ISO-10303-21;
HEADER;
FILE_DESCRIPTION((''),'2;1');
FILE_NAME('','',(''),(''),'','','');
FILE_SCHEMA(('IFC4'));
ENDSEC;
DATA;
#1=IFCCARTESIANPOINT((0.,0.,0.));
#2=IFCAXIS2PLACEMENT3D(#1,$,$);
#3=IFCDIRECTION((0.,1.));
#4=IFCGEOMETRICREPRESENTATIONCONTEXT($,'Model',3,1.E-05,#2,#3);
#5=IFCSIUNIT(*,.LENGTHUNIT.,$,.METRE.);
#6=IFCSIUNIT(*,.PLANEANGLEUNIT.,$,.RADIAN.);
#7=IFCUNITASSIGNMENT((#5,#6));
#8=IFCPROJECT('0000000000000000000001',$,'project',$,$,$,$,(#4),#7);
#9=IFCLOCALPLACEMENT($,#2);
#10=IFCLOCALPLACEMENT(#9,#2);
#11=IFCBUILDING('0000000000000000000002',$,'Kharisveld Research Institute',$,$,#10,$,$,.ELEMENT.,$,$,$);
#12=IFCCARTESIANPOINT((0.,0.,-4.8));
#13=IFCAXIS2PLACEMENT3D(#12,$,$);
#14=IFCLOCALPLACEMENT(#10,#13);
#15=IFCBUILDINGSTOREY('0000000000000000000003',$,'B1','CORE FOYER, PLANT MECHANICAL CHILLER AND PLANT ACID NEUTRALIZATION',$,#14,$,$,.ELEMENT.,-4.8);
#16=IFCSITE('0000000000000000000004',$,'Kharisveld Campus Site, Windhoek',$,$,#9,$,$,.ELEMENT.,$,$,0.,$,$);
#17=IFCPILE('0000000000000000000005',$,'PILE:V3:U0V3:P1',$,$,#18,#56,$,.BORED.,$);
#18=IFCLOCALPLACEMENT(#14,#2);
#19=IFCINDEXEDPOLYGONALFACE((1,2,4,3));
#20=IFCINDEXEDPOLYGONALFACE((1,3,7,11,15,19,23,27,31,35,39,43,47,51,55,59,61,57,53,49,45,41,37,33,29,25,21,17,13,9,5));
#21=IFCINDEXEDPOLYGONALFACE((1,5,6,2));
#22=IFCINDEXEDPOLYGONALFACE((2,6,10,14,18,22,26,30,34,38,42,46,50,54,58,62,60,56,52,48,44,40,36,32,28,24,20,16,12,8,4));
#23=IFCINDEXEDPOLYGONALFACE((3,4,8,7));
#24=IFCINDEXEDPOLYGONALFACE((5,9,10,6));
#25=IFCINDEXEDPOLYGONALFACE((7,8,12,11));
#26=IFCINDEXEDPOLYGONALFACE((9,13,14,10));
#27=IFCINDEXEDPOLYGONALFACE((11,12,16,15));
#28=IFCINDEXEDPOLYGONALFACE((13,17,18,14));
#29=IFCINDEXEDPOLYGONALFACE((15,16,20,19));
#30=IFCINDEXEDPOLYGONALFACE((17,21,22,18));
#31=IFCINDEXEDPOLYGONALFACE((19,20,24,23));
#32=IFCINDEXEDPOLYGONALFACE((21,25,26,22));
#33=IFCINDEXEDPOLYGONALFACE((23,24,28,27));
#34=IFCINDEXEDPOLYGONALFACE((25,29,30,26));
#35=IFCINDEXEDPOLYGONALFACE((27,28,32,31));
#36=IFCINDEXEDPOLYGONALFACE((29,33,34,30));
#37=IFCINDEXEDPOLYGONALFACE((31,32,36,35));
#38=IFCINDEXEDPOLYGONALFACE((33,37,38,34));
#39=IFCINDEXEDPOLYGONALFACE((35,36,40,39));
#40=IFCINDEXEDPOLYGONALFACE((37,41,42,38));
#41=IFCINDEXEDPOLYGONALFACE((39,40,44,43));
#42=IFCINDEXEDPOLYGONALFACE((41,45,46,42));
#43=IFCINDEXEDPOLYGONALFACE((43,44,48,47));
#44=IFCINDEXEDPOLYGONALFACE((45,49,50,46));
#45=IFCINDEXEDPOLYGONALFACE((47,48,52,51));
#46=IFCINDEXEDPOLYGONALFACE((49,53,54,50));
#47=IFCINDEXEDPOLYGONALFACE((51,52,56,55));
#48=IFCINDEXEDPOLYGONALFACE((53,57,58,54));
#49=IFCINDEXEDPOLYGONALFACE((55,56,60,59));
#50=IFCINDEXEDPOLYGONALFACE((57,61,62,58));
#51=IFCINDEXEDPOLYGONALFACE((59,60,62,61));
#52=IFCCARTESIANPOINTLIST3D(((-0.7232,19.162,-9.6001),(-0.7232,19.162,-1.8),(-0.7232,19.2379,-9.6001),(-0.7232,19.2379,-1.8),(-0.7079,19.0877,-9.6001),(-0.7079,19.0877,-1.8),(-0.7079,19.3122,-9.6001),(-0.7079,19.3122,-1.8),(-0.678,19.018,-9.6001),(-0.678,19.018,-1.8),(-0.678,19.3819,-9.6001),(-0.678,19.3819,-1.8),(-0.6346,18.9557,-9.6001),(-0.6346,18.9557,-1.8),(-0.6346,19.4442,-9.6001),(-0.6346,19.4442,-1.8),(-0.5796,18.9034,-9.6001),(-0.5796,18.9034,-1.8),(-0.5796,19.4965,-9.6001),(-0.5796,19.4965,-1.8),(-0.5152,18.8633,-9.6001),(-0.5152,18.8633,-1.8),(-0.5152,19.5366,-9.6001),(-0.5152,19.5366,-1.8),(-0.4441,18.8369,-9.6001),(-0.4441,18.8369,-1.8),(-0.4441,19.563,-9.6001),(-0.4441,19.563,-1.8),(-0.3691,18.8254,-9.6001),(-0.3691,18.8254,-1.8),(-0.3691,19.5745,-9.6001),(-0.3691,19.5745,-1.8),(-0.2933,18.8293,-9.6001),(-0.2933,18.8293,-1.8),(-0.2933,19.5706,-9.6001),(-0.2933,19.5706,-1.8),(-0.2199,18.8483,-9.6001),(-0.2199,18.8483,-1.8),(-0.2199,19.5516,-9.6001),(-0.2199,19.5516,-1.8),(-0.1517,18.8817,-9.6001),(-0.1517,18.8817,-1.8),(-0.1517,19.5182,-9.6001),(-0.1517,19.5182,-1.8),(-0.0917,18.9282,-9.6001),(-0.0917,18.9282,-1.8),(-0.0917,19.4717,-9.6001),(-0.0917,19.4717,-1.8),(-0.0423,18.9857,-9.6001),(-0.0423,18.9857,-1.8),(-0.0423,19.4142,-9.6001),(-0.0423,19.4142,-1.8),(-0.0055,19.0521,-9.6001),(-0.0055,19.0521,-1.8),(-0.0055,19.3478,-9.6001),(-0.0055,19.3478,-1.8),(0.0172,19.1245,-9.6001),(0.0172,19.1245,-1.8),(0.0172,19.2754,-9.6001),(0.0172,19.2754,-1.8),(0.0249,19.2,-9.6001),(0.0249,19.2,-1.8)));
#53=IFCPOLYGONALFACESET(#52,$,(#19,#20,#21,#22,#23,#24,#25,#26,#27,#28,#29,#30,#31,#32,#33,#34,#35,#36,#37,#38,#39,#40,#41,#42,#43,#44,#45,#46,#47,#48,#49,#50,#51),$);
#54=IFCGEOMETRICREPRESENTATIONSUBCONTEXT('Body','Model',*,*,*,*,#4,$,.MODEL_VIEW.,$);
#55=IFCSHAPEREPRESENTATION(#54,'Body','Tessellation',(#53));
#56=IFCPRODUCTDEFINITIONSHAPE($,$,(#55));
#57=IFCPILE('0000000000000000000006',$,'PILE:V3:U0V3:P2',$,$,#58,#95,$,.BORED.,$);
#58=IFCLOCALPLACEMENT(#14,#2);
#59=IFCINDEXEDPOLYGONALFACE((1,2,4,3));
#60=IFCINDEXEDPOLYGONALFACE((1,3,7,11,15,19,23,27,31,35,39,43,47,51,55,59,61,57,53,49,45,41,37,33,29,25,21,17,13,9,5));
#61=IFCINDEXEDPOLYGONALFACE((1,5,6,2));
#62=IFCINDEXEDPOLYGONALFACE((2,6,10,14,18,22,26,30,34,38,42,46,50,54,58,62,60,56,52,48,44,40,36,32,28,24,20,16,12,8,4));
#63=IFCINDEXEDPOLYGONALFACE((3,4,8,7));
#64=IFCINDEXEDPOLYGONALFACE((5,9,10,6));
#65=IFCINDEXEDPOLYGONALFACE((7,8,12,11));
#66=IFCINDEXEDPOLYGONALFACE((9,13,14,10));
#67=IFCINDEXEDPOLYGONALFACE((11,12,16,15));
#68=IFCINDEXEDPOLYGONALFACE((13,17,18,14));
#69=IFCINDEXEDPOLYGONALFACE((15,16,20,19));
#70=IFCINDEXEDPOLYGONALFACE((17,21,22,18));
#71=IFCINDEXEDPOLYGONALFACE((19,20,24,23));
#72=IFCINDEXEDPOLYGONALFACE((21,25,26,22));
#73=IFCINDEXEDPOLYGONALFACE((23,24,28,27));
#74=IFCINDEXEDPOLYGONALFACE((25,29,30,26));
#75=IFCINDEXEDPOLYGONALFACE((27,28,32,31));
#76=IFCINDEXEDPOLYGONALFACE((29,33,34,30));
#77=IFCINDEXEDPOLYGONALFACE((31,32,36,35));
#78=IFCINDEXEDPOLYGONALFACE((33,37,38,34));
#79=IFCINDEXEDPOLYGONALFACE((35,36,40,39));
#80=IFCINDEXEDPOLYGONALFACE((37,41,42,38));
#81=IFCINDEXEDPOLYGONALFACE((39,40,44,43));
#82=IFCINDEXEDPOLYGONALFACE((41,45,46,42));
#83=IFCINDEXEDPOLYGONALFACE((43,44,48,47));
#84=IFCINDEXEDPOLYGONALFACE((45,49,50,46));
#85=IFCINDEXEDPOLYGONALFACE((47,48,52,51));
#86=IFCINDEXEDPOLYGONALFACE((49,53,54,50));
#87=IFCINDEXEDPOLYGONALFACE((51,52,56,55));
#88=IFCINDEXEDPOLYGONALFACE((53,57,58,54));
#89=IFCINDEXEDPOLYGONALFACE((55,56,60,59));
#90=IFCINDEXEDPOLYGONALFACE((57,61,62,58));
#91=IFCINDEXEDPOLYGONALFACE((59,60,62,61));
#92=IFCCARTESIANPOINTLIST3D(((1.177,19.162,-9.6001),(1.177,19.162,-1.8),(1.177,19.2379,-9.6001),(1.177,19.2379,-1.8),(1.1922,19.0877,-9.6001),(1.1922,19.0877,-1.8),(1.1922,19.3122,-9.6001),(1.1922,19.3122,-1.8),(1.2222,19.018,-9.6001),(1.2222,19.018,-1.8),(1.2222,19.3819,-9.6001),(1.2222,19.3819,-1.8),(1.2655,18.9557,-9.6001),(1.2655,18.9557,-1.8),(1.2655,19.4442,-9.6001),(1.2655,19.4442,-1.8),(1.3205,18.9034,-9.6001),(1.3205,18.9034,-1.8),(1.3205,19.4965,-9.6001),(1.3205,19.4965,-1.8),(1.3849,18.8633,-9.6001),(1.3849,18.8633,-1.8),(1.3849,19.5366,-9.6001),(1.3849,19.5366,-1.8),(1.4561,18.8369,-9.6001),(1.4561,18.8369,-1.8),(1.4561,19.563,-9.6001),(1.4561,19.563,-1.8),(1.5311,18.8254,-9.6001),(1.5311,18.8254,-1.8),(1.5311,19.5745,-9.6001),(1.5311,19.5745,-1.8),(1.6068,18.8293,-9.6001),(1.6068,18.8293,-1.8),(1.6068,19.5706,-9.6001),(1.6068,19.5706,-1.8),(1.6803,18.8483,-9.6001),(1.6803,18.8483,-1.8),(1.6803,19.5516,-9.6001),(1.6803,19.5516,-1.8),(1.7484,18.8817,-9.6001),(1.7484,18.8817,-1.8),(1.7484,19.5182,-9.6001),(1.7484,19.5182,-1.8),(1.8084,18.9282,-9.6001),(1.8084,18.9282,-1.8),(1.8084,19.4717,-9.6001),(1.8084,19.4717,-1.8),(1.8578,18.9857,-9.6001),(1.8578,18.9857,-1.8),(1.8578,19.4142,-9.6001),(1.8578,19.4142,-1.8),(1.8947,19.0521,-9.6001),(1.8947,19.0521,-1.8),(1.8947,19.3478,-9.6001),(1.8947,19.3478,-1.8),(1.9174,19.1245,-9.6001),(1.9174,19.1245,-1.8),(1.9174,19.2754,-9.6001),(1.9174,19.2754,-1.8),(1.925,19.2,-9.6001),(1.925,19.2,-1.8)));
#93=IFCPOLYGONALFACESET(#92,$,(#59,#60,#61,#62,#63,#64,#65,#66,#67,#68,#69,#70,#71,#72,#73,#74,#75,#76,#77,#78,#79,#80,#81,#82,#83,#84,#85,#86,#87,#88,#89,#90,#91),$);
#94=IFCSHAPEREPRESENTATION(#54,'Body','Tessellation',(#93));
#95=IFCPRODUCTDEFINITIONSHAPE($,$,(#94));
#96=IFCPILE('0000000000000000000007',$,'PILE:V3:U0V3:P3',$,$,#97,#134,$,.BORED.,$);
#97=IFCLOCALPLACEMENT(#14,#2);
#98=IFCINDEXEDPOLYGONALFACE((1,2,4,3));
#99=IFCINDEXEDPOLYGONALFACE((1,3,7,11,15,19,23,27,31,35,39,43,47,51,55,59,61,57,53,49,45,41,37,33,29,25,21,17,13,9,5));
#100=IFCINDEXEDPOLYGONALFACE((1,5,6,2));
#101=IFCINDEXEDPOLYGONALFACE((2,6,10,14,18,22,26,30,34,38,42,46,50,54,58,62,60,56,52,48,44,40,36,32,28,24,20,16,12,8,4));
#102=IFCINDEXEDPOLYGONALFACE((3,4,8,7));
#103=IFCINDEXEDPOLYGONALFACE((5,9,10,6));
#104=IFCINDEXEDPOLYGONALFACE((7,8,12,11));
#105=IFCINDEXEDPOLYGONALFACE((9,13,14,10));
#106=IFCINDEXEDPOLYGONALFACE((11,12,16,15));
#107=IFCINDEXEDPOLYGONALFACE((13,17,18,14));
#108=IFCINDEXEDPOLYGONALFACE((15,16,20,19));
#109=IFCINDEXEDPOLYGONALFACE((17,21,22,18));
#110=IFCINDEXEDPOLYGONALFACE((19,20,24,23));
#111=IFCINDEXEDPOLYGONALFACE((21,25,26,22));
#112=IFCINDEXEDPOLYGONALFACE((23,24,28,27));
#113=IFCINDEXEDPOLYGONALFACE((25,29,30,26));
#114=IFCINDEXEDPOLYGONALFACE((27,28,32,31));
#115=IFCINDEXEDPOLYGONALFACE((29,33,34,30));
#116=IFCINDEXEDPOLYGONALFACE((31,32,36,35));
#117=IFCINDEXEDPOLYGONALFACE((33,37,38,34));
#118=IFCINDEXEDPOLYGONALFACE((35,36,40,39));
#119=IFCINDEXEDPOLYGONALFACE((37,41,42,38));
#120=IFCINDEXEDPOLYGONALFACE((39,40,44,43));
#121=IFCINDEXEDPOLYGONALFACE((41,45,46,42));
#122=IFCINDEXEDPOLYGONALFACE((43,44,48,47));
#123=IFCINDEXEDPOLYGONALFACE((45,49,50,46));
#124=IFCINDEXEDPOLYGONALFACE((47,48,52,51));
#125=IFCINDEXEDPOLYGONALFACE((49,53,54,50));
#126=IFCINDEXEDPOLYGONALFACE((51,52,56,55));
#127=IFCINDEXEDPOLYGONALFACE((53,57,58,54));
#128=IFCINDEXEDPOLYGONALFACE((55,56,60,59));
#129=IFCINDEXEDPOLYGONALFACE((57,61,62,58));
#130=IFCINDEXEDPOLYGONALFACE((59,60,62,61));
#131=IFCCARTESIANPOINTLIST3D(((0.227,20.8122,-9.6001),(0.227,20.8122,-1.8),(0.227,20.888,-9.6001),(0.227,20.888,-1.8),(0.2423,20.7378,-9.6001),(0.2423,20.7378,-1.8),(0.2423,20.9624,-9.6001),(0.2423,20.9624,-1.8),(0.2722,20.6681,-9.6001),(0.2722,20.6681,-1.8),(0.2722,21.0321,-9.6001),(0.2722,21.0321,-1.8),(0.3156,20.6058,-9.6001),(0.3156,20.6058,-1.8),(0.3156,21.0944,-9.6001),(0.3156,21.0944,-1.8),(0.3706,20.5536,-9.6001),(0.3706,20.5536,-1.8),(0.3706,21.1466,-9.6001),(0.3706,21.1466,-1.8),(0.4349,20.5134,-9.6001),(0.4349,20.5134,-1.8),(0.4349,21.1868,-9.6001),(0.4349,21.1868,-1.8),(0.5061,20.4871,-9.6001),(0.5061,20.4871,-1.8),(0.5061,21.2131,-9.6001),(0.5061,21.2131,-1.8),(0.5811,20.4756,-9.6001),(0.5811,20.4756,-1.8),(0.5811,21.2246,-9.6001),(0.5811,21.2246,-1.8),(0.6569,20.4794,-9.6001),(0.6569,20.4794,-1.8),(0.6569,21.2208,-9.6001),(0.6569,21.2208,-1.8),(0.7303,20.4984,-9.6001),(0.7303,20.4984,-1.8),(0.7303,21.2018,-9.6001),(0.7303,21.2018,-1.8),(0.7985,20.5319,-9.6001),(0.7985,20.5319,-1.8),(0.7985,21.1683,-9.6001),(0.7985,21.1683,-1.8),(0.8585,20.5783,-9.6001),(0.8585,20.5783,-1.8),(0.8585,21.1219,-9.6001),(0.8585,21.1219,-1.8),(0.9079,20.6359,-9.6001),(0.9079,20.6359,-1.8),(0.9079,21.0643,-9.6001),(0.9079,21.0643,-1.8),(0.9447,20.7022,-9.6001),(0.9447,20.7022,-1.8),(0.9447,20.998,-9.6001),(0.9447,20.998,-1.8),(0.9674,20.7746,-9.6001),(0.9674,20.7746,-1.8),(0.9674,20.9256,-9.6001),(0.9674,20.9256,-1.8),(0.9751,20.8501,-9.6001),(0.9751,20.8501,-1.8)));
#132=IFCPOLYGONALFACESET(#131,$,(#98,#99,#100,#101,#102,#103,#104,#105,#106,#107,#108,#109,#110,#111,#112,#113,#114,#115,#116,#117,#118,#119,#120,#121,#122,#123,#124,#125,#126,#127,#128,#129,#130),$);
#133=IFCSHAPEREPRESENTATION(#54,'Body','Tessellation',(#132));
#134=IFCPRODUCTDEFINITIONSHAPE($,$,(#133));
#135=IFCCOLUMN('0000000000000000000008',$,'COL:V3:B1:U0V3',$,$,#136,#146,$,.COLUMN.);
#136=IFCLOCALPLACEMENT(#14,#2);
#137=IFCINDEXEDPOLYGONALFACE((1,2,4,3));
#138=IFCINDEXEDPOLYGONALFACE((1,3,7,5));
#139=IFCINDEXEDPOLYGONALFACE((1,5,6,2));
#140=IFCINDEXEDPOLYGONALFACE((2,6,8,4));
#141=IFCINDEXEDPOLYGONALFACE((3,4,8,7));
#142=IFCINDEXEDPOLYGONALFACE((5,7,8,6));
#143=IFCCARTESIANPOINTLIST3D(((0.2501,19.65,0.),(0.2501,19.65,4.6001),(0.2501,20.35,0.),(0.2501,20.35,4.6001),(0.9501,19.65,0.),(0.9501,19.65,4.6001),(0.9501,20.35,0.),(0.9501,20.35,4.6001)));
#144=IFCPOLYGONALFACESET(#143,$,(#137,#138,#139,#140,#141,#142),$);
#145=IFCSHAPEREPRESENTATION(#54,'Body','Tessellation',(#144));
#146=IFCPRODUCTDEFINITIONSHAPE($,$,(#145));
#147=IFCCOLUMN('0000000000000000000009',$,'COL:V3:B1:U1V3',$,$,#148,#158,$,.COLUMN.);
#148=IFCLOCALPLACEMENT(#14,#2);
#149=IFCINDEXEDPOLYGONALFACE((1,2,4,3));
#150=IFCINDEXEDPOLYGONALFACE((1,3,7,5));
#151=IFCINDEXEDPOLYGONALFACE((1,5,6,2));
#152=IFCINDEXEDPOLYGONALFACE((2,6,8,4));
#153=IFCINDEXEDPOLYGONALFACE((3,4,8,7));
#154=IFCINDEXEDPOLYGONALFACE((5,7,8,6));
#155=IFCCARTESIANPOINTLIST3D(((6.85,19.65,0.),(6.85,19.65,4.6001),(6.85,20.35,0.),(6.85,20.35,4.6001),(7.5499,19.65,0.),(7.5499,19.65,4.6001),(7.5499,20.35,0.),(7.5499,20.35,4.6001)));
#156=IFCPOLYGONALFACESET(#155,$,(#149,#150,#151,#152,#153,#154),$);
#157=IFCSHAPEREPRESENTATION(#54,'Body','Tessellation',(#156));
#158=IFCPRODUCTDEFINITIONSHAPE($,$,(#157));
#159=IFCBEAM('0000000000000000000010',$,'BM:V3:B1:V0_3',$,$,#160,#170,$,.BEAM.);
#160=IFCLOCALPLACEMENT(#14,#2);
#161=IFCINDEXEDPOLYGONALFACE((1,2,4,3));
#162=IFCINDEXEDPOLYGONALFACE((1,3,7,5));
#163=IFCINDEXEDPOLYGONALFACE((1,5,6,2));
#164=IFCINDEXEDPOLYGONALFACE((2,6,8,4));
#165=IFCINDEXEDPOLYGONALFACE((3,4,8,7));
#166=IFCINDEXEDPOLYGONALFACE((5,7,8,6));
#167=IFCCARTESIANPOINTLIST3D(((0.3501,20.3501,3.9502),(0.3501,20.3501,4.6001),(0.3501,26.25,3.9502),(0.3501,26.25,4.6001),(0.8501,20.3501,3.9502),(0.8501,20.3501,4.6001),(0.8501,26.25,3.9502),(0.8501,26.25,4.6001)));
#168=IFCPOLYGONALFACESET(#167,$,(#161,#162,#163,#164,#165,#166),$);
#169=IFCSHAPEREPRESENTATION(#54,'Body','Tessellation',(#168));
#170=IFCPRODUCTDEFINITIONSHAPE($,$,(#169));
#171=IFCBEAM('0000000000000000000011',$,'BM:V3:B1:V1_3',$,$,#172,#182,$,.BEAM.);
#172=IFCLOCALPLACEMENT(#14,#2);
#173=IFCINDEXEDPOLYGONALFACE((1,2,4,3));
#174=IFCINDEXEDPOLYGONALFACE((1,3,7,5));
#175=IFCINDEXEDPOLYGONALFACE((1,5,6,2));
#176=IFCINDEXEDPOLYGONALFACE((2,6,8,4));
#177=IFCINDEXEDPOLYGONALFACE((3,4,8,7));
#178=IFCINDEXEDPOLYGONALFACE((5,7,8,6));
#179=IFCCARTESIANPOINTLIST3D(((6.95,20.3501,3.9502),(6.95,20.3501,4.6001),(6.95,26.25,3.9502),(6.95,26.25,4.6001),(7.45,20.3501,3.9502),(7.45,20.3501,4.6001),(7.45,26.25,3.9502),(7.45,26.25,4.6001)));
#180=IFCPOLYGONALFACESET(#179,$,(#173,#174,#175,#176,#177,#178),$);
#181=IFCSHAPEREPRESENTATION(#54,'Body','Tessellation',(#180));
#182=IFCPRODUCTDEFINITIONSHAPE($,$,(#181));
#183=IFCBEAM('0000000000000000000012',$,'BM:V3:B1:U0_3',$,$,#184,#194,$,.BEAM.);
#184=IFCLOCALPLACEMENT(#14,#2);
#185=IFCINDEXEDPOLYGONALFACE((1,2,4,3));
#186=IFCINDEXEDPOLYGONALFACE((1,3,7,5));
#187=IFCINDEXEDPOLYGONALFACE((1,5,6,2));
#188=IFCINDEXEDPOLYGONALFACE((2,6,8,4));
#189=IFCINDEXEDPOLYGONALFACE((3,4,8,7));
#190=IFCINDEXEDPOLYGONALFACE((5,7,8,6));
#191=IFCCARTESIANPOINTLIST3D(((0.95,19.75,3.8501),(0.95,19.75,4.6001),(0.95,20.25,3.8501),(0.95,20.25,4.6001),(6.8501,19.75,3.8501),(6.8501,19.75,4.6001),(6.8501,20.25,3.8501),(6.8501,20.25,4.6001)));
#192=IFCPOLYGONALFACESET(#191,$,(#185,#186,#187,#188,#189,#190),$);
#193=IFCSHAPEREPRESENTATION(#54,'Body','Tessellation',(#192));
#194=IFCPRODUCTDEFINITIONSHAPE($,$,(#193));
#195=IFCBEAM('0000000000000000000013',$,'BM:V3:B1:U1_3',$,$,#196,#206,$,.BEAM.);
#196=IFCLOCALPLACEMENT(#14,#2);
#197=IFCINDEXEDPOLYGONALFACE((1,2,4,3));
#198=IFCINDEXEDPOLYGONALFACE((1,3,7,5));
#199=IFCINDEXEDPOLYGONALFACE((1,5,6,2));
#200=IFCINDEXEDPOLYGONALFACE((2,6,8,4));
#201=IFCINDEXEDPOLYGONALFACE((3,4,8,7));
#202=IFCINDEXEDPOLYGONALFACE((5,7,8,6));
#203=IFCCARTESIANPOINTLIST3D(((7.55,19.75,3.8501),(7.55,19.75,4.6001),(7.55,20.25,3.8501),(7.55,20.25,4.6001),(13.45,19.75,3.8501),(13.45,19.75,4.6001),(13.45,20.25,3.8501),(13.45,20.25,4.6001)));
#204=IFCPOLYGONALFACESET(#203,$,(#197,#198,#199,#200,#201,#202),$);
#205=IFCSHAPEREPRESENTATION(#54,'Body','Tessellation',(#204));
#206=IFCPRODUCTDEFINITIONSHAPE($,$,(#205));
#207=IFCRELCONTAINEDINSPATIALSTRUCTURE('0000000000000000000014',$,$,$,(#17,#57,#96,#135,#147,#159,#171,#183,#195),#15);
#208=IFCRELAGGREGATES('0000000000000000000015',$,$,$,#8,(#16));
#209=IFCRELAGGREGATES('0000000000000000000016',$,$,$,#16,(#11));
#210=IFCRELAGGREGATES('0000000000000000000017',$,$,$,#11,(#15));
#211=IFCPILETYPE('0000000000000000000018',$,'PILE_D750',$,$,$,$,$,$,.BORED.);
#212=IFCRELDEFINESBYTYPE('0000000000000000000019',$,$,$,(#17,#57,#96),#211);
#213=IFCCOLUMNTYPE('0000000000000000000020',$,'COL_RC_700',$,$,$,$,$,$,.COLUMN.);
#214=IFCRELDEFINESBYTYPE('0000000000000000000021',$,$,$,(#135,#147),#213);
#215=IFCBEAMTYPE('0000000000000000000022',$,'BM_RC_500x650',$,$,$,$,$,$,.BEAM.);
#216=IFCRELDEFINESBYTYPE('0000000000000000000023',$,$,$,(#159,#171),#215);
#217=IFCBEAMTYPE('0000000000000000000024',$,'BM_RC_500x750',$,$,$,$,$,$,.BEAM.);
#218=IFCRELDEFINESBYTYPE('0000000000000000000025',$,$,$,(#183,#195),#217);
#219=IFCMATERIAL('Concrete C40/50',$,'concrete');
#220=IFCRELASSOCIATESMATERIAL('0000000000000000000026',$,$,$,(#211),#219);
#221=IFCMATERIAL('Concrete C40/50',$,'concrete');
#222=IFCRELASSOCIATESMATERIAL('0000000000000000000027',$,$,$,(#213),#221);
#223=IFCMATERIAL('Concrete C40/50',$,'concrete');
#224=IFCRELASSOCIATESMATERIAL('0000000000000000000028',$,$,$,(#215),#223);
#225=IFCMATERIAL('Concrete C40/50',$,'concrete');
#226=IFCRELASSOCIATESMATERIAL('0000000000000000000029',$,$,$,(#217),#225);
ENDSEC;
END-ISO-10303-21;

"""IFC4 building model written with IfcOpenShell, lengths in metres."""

from ifc_helpers import new_model, si_unit, direction, frame, origin, origin_2d, place, context, subcontext, project, spatial, rectangle, circle, extrude, material, material_profile, profile_set, type_object, element, save


model = new_model("IFC4")

# Units and contexts
model_context = context("Model", 3, precision=1e-05, world=origin(), true_north=direction((0.0, 1.0)))
body_context = subcontext(model_context, "Body", "Model", "MODEL_VIEW")
ifc_project = project(units=[si_unit("LENGTHUNIT", "METRE"), si_unit("PLANEANGLEUNIT", "RADIAN")], contexts=[model_context])

# Site, building, storey
site_placement = place(None, origin())
site = spatial("IfcSite", under=ifc_project, at=site_placement, Name="Kharisveld Campus Site, Windhoek", CompositionType="ELEMENT", RefElevation=0.0)
building_placement = place(site_placement, origin())
building = spatial("IfcBuilding", under=site, at=building_placement, Name="Kharisveld Research Institute", CompositionType="ELEMENT")
storey_placement = place(building_placement, frame((0.0, 0.0, -4.8)))
storey = spatial("IfcBuildingStorey", under=building, at=storey_placement, Name="B1", Description="CORE FOYER, PLANT MECHANICAL CHILLER AND PLANT ACID NEUTRALIZATION", CompositionType="ELEMENT", Elevation=-4.8)

# Piles
ifc_material_1 = material(Name="Concrete C40/50", Category="concrete")
ifc_material_profile_1 = material_profile(ifc_material_1, circle(Radius=0.375, at=origin_2d()))
ifc_profile_set_1 = profile_set([ifc_material_profile_1], Name="Concrete C40/50")
pile_type_1 = type_object("IfcPileType", Name="PILE_D750", PredefinedType="BORED", material=ifc_profile_set_1)
for number, where, z_axis, x_axis, name in (
    (1, (-0.3501, 19.2, -1.8), (0.0, 0.0, -1.0), (1.0, 0.0, 0.0), "PILE:V3:U0V3:P1"),
    (2, (1.55, 19.2, -1.8), (0.0, 0.0, -1.0), (1.0, 0.0, 0.0), "PILE:V3:U0V3:P2"),
    (3, (0.6001, 20.8501, -1.8), (0.0, 0.0, -1.0), (1.0, 0.0, 0.0), "PILE:V3:U0V3:P3"),
):
    element("IfcPile", number, at=place(storey_placement, frame(where, z_axis=z_axis, x_axis=x_axis)), inside=storey, type_object=pile_type_1, Name=name, PredefinedType="BORED", context=body_context, shape_type="SweptSolid", body=[
        extrude(circle(Radius=0.375, at=origin_2d()), origin(), (0.0, 0.0, 1.0), 7.8),
    ])

# Columns
ifc_material_2 = material(Name="Concrete C40/50", Category="concrete")
ifc_material_profile_2 = material_profile(ifc_material_2, rectangle(XDim=0.7, YDim=0.7, at=origin_2d()))
ifc_profile_set_2 = profile_set([ifc_material_profile_2], Name="Concrete C40/50")
column_type = type_object("IfcColumnType", Name="COL_RC_700", PredefinedType="COLUMN", material=ifc_profile_set_2)
for number, where, z_axis, x_axis, name in (
    (4, (0.6001, 20.0, 0.0), (0.0, 0.0, 1.0), (1.0, 0.0, 0.0), "COL:V3:B1:U0V3"),
    (5, (7.2, 20.0, 0.0), (0.0, 0.0, 1.0), (1.0, 0.0, 0.0), "COL:V3:B1:U1V3"),
):
    element("IfcColumn", number, at=place(storey_placement, frame(where, z_axis=z_axis, x_axis=x_axis)), inside=storey, type_object=column_type, Name=name, PredefinedType="COLUMN", context=body_context, shape_type="SweptSolid", body=[
        extrude(rectangle(XDim=0.7, YDim=0.7, at=origin_2d()), origin(), (0.0, 0.0, 1.0), 4.6001),
    ])

# Beams
ifc_material_3 = material(Name="Concrete C40/50", Category="concrete")
ifc_material_profile_3 = material_profile(ifc_material_3, rectangle(XDim=0.5, YDim=0.6499, at=origin_2d()))
ifc_profile_set_3 = profile_set([ifc_material_profile_3], Name="Concrete C40/50")
beam_type_1 = type_object("IfcBeamType", Name="BM_RC_500x650", PredefinedType="BEAM", material=ifc_profile_set_3)
for number, where, z_axis, x_axis, name in (
    (6, (0.6001, 20.3501, 4.2751), (0.0, 1.0, 0.0), (-1.0, 0.0, 0.0), "BM:V3:B1:V0_3"),
    (7, (7.2, 20.3501, 4.2751), (0.0, 1.0, 0.0), (-1.0, 0.0, 0.0), "BM:V3:B1:V1_3"),
):
    element("IfcBeam", number, at=place(storey_placement, frame(where, z_axis=z_axis, x_axis=x_axis)), inside=storey, type_object=beam_type_1, Name=name, PredefinedType="BEAM", context=body_context, shape_type="SweptSolid", body=[
        extrude(rectangle(XDim=0.5, YDim=0.6499, at=origin_2d()), origin(), (0.0, 0.0, 1.0), 5.8999),
    ])
ifc_material_4 = material(Name="Concrete C40/50", Category="concrete")
ifc_material_profile_4 = material_profile(ifc_material_4, rectangle(XDim=0.5, YDim=0.75, at=origin_2d()))
ifc_profile_set_4 = profile_set([ifc_material_profile_4], Name="Concrete C40/50")
beam_type_2 = type_object("IfcBeamType", Name="BM_RC_500x750", PredefinedType="BEAM", material=ifc_profile_set_4)
beam_1_placement = place(storey_placement, frame((0.95, 20.0, 4.2251), z_axis=(1.0, 0.0, 0.0), x_axis=(0.0, 1.0, 0.0)))
element("IfcBeam", 8, at=beam_1_placement, inside=storey, type_object=beam_type_2, Name="BM:V3:B1:U0_3", PredefinedType="BEAM", context=body_context, shape_type="SweptSolid", body=[
    extrude(rectangle(XDim=0.5, YDim=0.75, at=origin_2d()), origin(), (0.0, 0.0, 1.0), 5.9001),
])
beam_2_placement = place(storey_placement, frame((7.55, 20.0, 4.2251), z_axis=(1.0, 0.0, 0.0), x_axis=(0.0, 1.0, 0.0)))
element("IfcBeam", 9, at=beam_2_placement, inside=storey, type_object=beam_type_2, Name="BM:V3:B1:U1_3", PredefinedType="BEAM", context=body_context, shape_type="SweptSolid", body=[
    extrude(rectangle(XDim=0.5, YDim=0.75, at=origin_2d()), origin(), (0.0, 0.0, 1.0), 5.8999),
])

save(model, "model.ifc")
